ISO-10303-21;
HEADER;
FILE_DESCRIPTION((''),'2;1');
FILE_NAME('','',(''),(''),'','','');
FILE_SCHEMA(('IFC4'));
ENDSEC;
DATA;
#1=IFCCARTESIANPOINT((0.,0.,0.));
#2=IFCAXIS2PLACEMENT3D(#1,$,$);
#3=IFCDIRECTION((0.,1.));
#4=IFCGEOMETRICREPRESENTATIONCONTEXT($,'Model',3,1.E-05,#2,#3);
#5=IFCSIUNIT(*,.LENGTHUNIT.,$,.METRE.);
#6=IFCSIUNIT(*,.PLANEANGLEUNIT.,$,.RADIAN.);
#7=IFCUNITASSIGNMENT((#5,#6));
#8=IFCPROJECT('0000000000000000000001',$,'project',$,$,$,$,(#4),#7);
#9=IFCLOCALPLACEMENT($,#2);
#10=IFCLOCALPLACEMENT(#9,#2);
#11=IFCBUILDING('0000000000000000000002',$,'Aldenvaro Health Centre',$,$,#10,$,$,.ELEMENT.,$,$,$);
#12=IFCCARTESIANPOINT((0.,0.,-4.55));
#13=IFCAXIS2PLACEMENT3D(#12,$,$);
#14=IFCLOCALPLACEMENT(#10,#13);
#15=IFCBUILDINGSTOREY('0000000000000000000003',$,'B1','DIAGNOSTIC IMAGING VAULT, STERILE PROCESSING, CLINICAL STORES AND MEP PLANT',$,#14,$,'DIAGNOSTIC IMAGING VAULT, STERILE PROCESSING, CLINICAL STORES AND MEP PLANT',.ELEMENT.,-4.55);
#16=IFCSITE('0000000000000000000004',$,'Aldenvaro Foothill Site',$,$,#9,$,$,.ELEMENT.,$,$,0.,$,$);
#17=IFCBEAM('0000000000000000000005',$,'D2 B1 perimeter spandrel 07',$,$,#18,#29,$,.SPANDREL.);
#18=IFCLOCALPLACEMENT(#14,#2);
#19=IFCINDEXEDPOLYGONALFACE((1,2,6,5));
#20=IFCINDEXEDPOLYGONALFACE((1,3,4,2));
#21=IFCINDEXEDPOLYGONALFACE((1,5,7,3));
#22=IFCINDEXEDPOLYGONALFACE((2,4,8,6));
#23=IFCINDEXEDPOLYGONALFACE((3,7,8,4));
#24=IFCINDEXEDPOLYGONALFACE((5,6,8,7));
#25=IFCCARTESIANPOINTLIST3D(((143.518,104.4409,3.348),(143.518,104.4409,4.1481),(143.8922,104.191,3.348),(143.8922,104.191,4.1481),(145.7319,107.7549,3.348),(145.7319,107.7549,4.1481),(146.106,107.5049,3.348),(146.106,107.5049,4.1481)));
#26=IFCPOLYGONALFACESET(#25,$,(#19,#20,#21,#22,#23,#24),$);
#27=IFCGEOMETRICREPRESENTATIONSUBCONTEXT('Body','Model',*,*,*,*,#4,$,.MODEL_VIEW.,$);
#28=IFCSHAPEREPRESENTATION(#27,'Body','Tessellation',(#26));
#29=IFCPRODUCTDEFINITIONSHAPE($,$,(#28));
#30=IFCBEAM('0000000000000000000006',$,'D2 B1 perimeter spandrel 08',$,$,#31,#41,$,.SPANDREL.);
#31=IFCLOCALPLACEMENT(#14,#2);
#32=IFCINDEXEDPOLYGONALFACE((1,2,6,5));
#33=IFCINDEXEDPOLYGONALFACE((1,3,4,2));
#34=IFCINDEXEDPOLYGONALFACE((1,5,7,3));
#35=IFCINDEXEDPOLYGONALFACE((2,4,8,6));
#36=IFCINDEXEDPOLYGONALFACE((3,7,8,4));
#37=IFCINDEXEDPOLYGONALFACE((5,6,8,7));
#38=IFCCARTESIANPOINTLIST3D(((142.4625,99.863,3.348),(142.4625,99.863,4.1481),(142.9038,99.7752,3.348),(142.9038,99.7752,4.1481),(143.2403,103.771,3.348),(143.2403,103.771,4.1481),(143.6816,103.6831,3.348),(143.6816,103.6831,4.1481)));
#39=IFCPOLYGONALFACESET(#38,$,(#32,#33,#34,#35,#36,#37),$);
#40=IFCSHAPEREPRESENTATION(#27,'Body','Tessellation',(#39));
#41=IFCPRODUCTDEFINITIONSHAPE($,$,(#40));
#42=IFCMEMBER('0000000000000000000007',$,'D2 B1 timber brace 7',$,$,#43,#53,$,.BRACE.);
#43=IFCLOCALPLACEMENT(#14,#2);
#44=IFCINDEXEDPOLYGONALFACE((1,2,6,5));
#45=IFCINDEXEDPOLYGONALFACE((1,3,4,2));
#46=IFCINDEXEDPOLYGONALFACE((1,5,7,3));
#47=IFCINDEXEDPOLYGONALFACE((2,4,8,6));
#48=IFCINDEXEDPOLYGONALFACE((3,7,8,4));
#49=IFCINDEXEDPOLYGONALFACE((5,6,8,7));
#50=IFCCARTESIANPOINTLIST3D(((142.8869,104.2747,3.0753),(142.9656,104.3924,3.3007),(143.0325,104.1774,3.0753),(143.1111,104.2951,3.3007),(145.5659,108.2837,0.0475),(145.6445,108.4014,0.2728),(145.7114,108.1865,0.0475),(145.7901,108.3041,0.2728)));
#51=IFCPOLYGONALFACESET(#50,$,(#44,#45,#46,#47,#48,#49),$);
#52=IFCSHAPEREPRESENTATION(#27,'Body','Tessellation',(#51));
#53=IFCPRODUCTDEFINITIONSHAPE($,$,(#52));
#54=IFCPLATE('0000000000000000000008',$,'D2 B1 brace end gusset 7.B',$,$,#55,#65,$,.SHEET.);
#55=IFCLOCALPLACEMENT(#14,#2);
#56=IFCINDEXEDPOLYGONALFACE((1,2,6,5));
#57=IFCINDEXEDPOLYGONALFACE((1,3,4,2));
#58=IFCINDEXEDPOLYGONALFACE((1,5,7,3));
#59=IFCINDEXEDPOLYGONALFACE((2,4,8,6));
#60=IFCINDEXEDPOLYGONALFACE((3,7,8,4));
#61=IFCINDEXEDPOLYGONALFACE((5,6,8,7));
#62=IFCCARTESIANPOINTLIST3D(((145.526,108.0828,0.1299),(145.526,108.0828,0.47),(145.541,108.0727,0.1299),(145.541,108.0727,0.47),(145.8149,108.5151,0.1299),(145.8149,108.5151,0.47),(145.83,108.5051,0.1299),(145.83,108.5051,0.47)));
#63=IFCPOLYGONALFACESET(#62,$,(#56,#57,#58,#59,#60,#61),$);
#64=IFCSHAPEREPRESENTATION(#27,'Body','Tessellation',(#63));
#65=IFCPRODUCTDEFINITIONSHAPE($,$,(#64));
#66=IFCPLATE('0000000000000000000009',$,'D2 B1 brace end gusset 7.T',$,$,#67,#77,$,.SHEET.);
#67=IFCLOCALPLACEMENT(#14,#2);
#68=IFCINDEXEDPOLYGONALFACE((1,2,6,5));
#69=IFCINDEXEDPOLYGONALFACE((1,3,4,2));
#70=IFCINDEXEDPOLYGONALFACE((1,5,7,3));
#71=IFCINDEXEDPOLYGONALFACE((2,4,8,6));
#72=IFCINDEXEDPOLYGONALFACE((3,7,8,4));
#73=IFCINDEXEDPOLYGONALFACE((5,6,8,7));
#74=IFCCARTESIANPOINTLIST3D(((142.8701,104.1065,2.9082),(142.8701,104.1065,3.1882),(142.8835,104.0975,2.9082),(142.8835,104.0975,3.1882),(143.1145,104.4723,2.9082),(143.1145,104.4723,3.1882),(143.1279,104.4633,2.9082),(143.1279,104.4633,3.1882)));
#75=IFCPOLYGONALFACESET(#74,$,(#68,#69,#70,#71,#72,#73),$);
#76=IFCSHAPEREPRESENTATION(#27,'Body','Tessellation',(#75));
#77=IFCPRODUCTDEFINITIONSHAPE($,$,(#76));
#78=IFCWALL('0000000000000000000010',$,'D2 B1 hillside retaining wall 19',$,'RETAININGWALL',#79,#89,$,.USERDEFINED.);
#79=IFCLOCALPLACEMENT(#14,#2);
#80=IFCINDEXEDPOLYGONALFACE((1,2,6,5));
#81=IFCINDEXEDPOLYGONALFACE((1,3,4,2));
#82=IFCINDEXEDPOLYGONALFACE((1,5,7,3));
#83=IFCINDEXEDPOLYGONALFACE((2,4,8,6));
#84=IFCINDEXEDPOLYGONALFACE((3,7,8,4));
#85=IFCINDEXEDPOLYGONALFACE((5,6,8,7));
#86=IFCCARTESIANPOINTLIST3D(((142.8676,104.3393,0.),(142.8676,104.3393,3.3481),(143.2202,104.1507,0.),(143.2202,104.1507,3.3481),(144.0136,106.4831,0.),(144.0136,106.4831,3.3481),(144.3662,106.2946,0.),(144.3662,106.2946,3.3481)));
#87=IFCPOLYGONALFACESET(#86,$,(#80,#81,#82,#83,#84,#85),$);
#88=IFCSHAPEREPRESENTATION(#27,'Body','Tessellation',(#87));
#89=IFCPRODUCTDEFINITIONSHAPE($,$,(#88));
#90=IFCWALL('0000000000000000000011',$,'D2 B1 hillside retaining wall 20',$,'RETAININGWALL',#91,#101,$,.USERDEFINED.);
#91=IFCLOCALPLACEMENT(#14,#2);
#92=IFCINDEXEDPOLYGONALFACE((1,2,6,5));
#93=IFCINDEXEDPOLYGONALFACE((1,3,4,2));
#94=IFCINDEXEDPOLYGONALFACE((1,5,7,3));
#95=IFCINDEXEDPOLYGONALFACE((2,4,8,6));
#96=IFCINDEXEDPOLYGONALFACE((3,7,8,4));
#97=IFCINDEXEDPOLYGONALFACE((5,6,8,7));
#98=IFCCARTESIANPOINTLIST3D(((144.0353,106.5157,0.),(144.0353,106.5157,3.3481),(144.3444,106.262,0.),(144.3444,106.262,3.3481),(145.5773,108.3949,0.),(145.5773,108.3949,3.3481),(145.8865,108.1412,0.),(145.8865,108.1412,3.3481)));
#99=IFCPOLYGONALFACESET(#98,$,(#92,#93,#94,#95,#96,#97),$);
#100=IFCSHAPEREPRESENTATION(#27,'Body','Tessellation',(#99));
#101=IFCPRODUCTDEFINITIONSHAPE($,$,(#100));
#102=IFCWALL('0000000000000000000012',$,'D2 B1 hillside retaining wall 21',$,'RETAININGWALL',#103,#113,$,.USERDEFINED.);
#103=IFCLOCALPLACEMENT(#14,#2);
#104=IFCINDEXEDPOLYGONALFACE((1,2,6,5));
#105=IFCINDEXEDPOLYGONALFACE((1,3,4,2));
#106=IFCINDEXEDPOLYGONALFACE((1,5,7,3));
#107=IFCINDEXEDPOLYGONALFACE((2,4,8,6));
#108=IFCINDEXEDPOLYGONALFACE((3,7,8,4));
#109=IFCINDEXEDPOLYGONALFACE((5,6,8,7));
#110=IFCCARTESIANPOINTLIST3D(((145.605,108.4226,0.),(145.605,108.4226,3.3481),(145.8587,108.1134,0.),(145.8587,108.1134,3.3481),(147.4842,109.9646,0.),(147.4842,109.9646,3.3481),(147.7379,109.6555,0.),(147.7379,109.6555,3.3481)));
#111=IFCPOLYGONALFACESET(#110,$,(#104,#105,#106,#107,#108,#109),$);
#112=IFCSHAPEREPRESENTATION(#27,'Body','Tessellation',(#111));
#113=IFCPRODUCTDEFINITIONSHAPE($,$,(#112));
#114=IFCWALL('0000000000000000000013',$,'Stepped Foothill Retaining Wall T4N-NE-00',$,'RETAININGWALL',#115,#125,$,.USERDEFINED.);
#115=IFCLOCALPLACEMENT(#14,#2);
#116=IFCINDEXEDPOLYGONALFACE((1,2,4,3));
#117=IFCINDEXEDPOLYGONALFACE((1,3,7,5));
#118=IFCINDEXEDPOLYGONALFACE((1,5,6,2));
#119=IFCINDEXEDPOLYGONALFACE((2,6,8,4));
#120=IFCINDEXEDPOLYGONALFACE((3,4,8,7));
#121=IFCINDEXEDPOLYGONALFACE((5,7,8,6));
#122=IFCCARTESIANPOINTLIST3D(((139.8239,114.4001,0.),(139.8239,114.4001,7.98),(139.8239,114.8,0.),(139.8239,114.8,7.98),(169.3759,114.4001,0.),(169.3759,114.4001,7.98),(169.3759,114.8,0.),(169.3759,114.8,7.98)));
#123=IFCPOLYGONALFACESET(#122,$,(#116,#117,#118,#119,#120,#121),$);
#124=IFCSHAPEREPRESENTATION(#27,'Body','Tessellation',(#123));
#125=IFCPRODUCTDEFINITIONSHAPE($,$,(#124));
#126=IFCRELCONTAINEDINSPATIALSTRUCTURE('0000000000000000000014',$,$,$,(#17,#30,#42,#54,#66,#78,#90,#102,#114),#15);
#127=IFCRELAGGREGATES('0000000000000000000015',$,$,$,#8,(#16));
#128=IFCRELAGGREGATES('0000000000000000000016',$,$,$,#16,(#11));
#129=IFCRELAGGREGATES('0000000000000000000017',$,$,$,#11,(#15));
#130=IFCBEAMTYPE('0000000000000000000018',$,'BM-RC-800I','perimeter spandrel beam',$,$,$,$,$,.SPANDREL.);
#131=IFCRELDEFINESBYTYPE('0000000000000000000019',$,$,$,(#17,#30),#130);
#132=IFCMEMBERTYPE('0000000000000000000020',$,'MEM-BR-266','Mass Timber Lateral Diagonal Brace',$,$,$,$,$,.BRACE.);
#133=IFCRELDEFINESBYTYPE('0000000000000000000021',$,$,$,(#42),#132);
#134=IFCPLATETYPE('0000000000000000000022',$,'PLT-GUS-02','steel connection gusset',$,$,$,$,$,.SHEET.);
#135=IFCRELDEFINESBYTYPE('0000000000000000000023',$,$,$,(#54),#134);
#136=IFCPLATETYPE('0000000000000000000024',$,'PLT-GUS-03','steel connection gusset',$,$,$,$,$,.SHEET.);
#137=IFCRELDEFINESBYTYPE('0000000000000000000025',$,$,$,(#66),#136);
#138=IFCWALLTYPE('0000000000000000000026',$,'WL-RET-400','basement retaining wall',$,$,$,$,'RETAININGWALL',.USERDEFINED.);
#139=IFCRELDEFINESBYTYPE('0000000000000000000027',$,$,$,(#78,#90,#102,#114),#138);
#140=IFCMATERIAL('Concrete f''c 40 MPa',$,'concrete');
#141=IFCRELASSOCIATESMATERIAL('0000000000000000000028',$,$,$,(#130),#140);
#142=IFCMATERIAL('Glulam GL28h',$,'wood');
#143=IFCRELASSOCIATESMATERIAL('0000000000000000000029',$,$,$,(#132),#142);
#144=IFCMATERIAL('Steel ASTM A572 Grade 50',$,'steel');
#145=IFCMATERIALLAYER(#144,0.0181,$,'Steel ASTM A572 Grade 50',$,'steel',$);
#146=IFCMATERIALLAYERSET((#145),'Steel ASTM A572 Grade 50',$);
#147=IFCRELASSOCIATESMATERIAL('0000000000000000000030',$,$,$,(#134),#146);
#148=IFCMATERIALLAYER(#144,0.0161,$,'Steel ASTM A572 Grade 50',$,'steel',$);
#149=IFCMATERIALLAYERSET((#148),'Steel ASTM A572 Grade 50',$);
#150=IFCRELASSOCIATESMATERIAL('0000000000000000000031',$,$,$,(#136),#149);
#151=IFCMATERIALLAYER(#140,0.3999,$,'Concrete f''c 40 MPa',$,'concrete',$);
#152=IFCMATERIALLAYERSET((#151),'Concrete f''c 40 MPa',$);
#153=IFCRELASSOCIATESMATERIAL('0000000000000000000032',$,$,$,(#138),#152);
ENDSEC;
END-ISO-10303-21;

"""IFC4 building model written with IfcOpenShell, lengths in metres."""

from ifc_helpers import new_model, si_unit, direction, frame, frame_2d, origin, origin_2d, place, context, subcontext, project, spatial, rectangle, extrude, material, layer, layer_set, material_profile, profile_set, type_object, element, save


model = new_model("IFC4")

# Units and contexts
model_context = context("Model", 3, precision=1e-05, world=origin(), true_north=direction((0.0, 1.0)))
body_context = subcontext(model_context, "Body", "Model", "MODEL_VIEW")
ifc_project = project(units=[si_unit("LENGTHUNIT", "METRE"), si_unit("PLANEANGLEUNIT", "RADIAN")], contexts=[model_context])

# Site, building, storey
site_placement = place(None, origin())
site = spatial("IfcSite", under=ifc_project, at=site_placement, Name="Aldenvaro Foothill Site", CompositionType="ELEMENT", RefElevation=0.0)
building_placement = place(site_placement, origin())
building = spatial("IfcBuilding", under=site, at=building_placement, Name="Aldenvaro Health Centre", CompositionType="ELEMENT")
storey_placement = place(building_placement, frame((0.0, 0.0, -4.55)))
storey = spatial("IfcBuildingStorey", under=building, at=storey_placement, Name="B1", Description="DIAGNOSTIC IMAGING VAULT, STERILE PROCESSING, CLINICAL STORES AND MEP PLANT", LongName="DIAGNOSTIC IMAGING VAULT, STERILE PROCESSING, CLINICAL STORES AND MEP PLANT", CompositionType="ELEMENT", Elevation=-4.55)

# Shared definitions
ifc_material_1 = material(Name="Concrete f'c 40 MPa", Category="concrete")

# Beams
ifc_material_profile_1 = material_profile(ifc_material_1, rectangle(XDim=0.45, YDim=0.8, at=origin_2d()), Name="RC 450x800", Category="concrete")
ifc_profile_set_1 = profile_set([ifc_material_profile_1], Name="Concrete f'c 40 MPa")
beam_type = type_object("IfcBeamType", Name="BM-RC-800I", Description="perimeter spandrel beam", PredefinedType="SPANDREL", material=ifc_profile_set_1)
beam_1_placement = place(storey_placement, frame((145.9189, 107.6299, 3.748), z_axis=(-0.555492, -0.831522, 0.0), x_axis=(0.831522, -0.555492, 0.0)))
element("IfcBeam", 1, at=beam_1_placement, inside=storey, type_object=beam_type, Name="D2 B1 perimeter spandrel 07", PredefinedType="SPANDREL", context=body_context, shape_type="SweptSolid", body=[
    extrude(rectangle(XDim=0.45, YDim=0.8, at=origin_2d()), origin(), (0.0, 0.0, 1.0), 3.9854),
])
beam_2_placement = place(storey_placement, frame((143.4609, 103.7271, 3.748), z_axis=(-0.195209, -0.980762, 0.0), x_axis=(0.980762, -0.195209, 0.0)))
element("IfcBeam", 2, at=beam_2_placement, inside=storey, type_object=beam_type, Name="D2 B1 perimeter spandrel 08", PredefinedType="SPANDREL", context=body_context, shape_type="SweptSolid", body=[
    extrude(rectangle(XDim=0.45, YDim=0.8, at=origin_2d()), origin(), (0.0, 0.0, 1.0), 3.9846),
])

# Member
ifc_material_2 = material(Name="Glulam GL28h", Category="wood")
ifc_material_profile_2 = material_profile(ifc_material_2, rectangle(XDim=0.175, YDim=0.2661, at=origin_2d()), Name="GL 175x266", Category="wood")
ifc_profile_set_2 = profile_set([ifc_material_profile_2], Name="Glulam GL28h")
member_type = type_object("IfcMemberType", Name="MEM-BR-266", Description="Mass Timber Lateral Diagonal Brace", PredefinedType="BRACE", material=ifc_profile_set_2)
member_placement = place(storey_placement, frame((145.678, 108.2939, 0.1602), z_axis=(-0.470522, -0.704132, 0.531797), x_axis=(0.83145, -0.5556, 0.0)))
element("IfcMember", 3, at=member_placement, inside=storey, type_object=member_type, Name="D2 B1 timber brace 7", PredefinedType="BRACE", context=body_context, shape_type="SweptSolid", body=[
    extrude(rectangle(XDim=0.175, YDim=0.2661, at=origin_2d()), origin(), (0.0, 0.0, 1.0), 5.6936),
])

# Plates
ifc_material_3 = material(Name="Steel ASTM A572 Grade 50", Category="steel")
ifc_layer_1 = layer(ifc_material_3, 0.0181, Name="Steel ASTM A572 Grade 50", Category="steel")
ifc_layer_set_1 = layer_set([ifc_layer_1], Name="Steel ASTM A572 Grade 50")
plate_type_1 = type_object("IfcPlateType", Name="PLT-GUS-02", Description="steel connection gusset", PredefinedType="SHEET", material=ifc_layer_set_1)
plate_1_placement = place(storey_placement, frame((145.678, 108.2939, 0.1299), z_axis=(0.0, 0.0, 1.0), x_axis=(-0.555614, -0.831441, 0.0)))
element("IfcPlate", 4, at=plate_1_placement, inside=storey, type_object=plate_type_1, Name="D2 B1 brace end gusset 7.B", PredefinedType="SHEET", context=body_context, shape_type="SweptSolid", body=[
    extrude(rectangle(XDim=0.52, YDim=0.0181, at=origin_2d()), origin(), (0.0, 0.0, 1.0), 0.3401),
])
ifc_layer_2 = layer(ifc_material_3, 0.0161, Name="Steel ASTM A572 Grade 50", Category="steel")
ifc_layer_set_2 = layer_set([ifc_layer_2], Name="Steel ASTM A572 Grade 50")
plate_type_2 = type_object("IfcPlateType", Name="PLT-GUS-03", Description="steel connection gusset", PredefinedType="SHEET", material=ifc_layer_set_2)
plate_2_placement = place(storey_placement, frame((142.999, 104.2849, 2.9082), z_axis=(0.0, 0.0, 1.0), x_axis=(-0.555614, -0.831441, 0.0)))
element("IfcPlate", 5, at=plate_2_placement, inside=storey, type_object=plate_type_2, Name="D2 B1 brace end gusset 7.T", PredefinedType="SHEET", context=body_context, shape_type="SweptSolid", body=[
    extrude(rectangle(XDim=0.4399, YDim=0.0161, at=origin_2d()), origin(), (0.0, 0.0, 1.0), 0.28),
])

# Walls
ifc_layer_3 = layer(ifc_material_1, 0.3999, Name="Concrete f'c 40 MPa", Category="concrete")
ifc_layer_set_3 = layer_set([ifc_layer_3], Name="Concrete f'c 40 MPa")
wall_type = type_object("IfcWallType", Name="WL-RET-400", Description="basement retaining wall", ElementType="RETAININGWALL", PredefinedType="USERDEFINED", material=ifc_layer_set_3)
for number, where, z_axis, x_axis, name in (
    (6, (143.0439, 104.2451, 0.0), (0.0, 0.0, 1.0), (0.471432, 0.881902, 0.0), "D2 B1 hillside retaining wall 19"),
    (7, (144.1899, 106.3889, 0.0), (0.0, 0.0, 1.0), (0.634347, 0.773048, 0.0), "D2 B1 hillside retaining wall 20"),
    (8, (145.7319, 108.2681, 0.0), (0.0, 0.0, 1.0), (0.773048, 0.634347, 0.0), "D2 B1 hillside retaining wall 21"),
):
    element("IfcWall", number, at=place(storey_placement, frame(where, z_axis=z_axis, x_axis=x_axis)), inside=storey, type_object=wall_type, Name=name, ObjectType="RETAININGWALL", PredefinedType="USERDEFINED", context=body_context, shape_type="SweptSolid", body=[
        extrude(rectangle(XDim=2.4309, YDim=0.3999, at=frame_2d((1.2153, 0.0))), origin(), (0.0, 0.0, 1.0), 3.3481),
    ])
wall_placement = place(storey_placement, frame((139.824, 114.6001, 0.0), z_axis=(0.0, 0.0, 1.0), x_axis=(1.0, 0.0, 0.0)))
element("IfcWall", 9, at=wall_placement, inside=storey, type_object=wall_type, Name="Stepped Foothill Retaining Wall T4N-NE-00", ObjectType="RETAININGWALL", PredefinedType="USERDEFINED", context=body_context, shape_type="SweptSolid", body=[
    extrude(rectangle(XDim=29.552, YDim=0.3999, at=frame_2d((14.7759, 0.0))), origin(), (0.0, 0.0, 1.0), 7.98),
])

save(model, "model.ifc")
